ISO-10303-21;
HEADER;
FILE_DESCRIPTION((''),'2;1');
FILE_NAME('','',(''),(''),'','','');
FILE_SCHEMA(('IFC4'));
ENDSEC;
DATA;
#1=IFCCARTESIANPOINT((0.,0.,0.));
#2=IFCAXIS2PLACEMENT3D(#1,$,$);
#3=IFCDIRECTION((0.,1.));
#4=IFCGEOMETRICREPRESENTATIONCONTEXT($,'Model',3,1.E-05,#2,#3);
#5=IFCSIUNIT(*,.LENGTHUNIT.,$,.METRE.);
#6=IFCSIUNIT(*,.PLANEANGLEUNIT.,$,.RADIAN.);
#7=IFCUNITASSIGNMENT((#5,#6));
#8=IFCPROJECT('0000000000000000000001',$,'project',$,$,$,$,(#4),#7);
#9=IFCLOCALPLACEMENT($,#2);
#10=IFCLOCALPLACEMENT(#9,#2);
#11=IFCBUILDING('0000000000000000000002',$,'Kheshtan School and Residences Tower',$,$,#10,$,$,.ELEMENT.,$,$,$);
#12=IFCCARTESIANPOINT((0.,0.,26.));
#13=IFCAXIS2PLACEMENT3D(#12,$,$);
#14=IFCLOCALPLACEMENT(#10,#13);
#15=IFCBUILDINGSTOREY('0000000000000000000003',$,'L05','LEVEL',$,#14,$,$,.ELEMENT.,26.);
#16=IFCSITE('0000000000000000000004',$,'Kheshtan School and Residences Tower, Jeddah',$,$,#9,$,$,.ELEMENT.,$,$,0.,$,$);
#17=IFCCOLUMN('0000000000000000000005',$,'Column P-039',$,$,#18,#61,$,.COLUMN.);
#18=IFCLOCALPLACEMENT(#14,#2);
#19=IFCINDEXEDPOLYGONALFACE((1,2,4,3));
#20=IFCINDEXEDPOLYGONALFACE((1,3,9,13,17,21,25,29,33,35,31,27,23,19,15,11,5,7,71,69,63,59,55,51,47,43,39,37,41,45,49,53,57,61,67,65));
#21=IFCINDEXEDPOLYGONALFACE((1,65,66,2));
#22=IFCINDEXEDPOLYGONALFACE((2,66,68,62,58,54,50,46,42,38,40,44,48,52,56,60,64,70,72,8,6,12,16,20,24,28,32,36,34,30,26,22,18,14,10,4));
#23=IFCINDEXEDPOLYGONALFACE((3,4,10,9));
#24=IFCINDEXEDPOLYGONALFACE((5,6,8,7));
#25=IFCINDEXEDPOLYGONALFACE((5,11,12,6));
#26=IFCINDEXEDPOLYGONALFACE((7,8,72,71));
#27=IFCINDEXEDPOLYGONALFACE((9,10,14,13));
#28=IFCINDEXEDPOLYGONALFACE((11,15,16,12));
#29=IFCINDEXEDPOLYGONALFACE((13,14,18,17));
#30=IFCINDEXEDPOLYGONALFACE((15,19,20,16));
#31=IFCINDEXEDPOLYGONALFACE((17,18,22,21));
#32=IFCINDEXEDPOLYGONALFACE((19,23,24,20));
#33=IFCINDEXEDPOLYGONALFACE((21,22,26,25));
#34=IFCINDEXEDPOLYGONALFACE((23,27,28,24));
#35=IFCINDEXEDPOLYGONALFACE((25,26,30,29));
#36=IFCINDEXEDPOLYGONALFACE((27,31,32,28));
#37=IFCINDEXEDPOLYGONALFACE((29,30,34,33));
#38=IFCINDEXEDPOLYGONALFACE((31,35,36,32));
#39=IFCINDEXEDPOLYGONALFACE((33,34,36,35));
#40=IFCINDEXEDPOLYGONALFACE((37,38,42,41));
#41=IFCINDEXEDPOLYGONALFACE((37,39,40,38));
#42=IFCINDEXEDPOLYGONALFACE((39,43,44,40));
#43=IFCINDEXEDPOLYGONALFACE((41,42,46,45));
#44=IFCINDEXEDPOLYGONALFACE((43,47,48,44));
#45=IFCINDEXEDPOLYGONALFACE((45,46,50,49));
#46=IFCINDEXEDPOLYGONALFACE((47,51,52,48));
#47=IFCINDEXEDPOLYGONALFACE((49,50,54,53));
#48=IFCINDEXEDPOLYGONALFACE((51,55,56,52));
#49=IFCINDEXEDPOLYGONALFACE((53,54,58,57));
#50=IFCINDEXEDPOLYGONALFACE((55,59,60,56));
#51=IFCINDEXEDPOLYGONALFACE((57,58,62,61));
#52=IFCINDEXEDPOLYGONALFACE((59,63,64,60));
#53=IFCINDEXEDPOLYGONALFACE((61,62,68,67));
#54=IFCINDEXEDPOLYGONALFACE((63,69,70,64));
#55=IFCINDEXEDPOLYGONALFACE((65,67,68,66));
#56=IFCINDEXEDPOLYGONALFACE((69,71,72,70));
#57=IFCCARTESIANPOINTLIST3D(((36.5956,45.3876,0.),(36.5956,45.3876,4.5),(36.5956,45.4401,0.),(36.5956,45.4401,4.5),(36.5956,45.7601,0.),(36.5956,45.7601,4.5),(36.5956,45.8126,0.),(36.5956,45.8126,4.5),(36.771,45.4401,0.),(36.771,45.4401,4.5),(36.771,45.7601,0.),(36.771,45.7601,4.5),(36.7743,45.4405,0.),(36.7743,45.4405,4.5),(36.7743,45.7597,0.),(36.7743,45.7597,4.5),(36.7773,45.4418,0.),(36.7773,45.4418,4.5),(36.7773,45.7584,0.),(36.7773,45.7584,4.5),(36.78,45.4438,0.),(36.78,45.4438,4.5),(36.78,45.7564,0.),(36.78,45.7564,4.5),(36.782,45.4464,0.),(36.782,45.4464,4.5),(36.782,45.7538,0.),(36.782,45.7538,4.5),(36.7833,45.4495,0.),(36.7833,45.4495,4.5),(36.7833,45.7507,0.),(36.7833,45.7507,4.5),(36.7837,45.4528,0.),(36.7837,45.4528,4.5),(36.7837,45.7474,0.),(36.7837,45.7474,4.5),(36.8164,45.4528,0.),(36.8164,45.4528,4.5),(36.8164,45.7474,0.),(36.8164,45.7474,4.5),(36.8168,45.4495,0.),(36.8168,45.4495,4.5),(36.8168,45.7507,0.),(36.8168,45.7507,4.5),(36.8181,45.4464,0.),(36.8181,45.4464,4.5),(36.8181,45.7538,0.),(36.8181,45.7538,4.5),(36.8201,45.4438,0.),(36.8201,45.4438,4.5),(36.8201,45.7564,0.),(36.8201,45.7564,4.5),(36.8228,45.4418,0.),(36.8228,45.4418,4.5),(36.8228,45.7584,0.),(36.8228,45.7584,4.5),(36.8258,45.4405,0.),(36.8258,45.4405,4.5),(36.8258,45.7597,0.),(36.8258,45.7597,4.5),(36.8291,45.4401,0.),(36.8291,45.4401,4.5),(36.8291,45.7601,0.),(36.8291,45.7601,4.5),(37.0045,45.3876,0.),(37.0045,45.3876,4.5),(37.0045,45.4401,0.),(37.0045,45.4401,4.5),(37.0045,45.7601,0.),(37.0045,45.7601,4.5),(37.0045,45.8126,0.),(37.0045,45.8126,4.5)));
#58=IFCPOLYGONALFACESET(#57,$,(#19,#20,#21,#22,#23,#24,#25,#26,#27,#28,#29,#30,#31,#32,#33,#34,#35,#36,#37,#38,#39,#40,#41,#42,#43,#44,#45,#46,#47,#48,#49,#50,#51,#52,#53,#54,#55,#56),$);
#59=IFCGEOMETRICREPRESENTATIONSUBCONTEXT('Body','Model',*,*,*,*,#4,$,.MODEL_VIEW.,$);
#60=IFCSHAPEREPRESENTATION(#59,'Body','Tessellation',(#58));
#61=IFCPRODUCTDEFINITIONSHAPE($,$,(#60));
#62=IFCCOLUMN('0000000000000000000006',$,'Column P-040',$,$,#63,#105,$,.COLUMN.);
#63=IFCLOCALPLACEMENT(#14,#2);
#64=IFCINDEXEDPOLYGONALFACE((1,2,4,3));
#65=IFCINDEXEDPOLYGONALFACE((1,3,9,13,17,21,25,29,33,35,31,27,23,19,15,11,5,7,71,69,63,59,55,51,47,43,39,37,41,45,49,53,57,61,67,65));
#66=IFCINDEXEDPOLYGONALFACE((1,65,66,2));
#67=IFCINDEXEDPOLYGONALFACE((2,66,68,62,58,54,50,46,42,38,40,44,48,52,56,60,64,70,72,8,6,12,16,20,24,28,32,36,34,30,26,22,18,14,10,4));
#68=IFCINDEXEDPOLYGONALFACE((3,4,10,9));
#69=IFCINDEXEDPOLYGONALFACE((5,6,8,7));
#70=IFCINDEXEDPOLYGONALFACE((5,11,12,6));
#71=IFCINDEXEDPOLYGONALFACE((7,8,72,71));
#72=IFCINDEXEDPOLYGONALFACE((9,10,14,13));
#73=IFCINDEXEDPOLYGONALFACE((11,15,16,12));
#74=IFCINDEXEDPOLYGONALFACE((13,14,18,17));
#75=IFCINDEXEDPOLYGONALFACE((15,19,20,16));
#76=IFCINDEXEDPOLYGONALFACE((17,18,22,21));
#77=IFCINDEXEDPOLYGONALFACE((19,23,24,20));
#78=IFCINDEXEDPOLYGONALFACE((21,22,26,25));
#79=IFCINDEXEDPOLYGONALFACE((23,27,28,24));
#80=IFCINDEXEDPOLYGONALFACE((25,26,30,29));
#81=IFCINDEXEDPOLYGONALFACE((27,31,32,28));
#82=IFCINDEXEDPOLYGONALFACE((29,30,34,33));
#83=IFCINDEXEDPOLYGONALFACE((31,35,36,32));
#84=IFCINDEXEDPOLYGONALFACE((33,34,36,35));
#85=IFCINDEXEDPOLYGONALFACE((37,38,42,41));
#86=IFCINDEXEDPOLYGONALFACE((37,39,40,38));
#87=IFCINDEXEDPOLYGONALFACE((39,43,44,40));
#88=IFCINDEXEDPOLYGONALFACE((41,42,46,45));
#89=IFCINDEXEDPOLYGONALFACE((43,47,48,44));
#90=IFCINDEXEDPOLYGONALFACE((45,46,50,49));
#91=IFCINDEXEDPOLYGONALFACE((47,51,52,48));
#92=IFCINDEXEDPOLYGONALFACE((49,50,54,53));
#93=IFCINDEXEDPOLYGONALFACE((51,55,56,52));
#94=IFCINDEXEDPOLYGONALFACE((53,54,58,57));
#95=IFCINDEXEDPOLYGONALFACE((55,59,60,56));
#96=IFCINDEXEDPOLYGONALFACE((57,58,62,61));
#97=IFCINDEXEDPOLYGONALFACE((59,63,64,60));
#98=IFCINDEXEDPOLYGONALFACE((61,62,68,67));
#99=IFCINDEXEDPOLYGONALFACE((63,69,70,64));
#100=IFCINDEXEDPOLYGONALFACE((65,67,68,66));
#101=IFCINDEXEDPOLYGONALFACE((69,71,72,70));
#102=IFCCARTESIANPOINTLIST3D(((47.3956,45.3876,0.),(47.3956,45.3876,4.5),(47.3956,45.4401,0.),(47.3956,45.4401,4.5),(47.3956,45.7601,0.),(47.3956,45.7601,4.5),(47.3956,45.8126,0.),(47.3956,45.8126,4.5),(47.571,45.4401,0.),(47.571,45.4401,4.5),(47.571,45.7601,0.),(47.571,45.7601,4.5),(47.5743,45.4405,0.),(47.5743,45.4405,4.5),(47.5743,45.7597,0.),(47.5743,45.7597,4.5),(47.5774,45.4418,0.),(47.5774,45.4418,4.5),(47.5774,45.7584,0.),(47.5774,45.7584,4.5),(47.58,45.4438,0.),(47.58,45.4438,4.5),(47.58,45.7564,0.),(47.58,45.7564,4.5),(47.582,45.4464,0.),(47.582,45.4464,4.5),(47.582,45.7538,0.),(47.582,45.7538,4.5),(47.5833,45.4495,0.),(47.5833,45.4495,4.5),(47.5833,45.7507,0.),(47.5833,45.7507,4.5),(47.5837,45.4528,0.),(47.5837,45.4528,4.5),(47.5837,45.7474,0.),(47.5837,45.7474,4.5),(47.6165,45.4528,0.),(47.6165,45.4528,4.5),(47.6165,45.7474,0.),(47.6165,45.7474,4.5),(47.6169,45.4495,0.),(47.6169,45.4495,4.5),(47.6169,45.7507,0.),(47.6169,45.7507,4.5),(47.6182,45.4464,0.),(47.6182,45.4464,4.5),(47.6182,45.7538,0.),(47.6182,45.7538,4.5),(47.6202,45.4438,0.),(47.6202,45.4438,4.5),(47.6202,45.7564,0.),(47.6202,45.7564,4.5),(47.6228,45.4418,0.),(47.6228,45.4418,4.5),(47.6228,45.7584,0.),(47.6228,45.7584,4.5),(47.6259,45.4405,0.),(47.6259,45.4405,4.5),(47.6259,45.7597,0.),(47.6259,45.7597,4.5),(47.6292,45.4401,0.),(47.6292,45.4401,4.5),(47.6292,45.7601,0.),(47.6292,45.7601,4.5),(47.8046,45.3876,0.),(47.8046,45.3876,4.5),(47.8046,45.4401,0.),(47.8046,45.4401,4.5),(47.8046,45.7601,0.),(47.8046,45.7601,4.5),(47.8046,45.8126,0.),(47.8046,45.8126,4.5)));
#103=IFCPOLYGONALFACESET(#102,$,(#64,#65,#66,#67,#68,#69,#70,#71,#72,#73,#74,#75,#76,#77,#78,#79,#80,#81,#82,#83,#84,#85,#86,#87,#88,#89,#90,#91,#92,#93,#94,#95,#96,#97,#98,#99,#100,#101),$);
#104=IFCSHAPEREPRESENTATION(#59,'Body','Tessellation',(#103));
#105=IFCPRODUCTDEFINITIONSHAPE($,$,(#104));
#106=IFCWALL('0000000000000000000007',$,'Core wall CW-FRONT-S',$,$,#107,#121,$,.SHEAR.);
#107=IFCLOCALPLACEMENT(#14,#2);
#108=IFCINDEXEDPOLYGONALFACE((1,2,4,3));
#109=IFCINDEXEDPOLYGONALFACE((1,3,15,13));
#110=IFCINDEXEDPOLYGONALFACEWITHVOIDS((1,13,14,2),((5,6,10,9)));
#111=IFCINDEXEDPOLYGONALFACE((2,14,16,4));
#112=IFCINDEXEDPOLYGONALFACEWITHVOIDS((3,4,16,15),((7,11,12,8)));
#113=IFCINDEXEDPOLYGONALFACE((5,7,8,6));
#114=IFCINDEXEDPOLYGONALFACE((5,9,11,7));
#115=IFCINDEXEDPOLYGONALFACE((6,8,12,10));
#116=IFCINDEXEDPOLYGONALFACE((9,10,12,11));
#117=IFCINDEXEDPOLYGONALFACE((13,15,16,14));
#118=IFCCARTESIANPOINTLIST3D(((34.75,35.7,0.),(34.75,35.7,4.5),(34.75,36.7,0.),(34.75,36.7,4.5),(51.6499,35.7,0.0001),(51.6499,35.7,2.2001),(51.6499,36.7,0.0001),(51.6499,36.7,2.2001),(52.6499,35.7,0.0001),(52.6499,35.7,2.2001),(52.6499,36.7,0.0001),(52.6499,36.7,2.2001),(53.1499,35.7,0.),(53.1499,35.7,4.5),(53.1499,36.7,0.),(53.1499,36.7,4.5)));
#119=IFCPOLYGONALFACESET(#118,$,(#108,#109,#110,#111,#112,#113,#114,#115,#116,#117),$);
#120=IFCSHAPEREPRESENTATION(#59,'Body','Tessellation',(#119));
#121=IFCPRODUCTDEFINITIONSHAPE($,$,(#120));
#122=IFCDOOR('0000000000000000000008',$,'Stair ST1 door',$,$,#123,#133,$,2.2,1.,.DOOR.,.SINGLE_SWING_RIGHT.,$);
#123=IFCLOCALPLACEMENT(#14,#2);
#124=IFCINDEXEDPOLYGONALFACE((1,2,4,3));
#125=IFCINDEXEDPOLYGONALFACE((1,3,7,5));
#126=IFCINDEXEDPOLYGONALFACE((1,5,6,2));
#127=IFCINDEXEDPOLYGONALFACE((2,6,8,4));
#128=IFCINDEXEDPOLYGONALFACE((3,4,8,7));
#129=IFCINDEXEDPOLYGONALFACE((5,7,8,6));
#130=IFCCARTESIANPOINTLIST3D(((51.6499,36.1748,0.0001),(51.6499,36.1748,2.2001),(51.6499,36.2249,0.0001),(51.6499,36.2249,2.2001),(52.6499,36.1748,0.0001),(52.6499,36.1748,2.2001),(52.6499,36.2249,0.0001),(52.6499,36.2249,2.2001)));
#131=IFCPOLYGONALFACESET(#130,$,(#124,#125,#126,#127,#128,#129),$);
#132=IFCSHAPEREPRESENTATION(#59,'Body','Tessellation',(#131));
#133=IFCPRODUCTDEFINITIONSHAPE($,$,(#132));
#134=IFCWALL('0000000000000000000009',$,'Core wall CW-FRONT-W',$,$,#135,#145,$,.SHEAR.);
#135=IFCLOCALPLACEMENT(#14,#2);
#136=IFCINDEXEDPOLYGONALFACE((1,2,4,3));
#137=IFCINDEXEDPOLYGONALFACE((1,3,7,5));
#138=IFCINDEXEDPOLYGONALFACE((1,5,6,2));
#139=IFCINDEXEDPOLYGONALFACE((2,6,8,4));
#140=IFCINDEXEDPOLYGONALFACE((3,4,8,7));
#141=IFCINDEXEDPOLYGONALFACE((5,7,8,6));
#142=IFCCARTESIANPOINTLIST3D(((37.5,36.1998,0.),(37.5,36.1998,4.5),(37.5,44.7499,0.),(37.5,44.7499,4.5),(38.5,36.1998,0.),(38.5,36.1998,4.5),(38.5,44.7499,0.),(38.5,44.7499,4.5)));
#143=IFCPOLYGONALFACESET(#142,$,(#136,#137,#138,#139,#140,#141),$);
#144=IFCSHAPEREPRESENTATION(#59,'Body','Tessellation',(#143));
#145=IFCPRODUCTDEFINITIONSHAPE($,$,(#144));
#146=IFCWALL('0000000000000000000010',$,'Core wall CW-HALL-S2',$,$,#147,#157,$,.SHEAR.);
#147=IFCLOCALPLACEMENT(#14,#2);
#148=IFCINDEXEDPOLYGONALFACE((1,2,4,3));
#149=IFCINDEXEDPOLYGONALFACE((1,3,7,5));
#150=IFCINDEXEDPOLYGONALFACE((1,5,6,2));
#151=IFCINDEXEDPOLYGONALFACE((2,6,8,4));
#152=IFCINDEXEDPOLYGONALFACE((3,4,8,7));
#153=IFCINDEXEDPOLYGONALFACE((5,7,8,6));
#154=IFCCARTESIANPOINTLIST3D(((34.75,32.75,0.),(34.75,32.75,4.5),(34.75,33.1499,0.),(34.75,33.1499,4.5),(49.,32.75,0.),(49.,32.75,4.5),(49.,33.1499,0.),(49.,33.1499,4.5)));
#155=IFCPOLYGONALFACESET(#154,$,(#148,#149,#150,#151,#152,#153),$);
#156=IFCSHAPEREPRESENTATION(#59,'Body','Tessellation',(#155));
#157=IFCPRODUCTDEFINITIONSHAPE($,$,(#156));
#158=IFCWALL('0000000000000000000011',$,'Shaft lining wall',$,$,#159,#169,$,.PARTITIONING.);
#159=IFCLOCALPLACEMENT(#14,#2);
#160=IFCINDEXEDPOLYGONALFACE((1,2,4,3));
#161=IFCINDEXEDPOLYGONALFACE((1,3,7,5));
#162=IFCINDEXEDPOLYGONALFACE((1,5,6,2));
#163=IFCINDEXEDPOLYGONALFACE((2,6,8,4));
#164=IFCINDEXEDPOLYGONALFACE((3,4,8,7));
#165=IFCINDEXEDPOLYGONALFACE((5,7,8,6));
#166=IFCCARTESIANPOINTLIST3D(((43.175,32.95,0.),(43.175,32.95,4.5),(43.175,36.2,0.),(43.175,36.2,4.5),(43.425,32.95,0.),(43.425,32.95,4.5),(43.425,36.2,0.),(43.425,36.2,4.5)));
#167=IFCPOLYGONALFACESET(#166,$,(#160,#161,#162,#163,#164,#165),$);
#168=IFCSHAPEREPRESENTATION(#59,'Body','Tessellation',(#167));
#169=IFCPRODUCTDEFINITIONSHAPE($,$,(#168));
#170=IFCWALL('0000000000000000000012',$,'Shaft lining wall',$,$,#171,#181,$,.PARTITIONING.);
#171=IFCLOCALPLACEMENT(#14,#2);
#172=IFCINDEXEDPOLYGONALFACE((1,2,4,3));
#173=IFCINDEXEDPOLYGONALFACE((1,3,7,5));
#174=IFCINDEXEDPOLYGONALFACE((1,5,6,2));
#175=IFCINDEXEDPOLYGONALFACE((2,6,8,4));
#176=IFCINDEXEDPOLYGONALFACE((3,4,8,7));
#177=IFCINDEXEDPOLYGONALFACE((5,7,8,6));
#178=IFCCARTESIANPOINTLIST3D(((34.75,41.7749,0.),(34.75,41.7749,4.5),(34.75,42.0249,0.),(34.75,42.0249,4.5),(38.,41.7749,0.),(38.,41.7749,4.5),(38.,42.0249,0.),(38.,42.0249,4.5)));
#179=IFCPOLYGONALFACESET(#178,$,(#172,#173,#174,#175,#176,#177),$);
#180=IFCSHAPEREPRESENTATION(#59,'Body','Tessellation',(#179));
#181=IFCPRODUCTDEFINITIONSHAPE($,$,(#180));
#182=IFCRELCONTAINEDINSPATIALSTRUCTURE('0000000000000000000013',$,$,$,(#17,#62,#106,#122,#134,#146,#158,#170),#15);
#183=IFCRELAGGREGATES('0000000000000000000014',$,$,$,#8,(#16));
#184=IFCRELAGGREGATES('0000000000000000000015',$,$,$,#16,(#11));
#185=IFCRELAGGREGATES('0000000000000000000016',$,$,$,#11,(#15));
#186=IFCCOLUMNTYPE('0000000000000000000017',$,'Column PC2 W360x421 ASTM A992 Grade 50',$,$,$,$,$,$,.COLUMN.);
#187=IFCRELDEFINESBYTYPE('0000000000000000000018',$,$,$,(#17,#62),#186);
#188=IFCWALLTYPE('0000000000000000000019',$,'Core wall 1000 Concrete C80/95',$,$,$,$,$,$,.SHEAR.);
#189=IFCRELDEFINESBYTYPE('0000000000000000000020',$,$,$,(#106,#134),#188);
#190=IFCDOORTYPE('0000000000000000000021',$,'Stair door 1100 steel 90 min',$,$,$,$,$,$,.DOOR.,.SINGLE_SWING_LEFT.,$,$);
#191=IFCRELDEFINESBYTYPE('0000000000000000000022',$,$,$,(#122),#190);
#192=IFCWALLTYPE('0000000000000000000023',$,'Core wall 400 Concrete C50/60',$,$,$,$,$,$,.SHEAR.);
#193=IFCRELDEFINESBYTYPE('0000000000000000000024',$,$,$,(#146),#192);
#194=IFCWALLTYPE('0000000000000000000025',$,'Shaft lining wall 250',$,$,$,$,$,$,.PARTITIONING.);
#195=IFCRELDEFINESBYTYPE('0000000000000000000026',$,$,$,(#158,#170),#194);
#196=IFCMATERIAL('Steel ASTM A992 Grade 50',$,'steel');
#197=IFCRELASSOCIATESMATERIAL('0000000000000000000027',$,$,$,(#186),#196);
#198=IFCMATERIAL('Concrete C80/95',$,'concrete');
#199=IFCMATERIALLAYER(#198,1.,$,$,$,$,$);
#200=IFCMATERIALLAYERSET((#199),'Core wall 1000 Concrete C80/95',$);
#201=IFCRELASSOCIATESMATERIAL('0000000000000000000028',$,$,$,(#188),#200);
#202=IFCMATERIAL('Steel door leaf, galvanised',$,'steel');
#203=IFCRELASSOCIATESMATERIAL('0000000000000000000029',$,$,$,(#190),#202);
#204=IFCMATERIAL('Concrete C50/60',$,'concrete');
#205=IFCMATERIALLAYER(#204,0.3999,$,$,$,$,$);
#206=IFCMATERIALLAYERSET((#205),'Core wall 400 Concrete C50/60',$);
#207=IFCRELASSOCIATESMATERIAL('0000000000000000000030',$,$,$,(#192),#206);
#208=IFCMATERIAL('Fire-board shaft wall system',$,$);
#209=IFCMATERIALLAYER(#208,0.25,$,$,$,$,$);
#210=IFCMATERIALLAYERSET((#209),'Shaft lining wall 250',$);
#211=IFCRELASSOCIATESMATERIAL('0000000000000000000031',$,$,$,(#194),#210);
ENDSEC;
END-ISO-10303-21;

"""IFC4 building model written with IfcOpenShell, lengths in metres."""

from ifc_helpers import new_model, si_unit, direction, frame, frame_2d, origin, origin_2d, place, context, subcontext, project, spatial, rectangle, i_section, extrude, source, transform, mapped, material, layer, layer_set, material_profile, profile_set, type_object, element, fill, save


model = new_model("IFC4")

# Units and contexts
model_context = context("Model", 3, precision=1e-05, world=origin(), true_north=direction((0.0, 1.0)))
body_context = subcontext(model_context, "Body", "Model", "MODEL_VIEW")
ifc_project = project(units=[si_unit("LENGTHUNIT", "METRE"), si_unit("PLANEANGLEUNIT", "RADIAN")], contexts=[model_context])

# Site, building, storey
site_placement = place(None, origin())
site = spatial("IfcSite", under=ifc_project, at=site_placement, Name="Kheshtan School and Residences Tower, Jeddah", CompositionType="ELEMENT", RefElevation=0.0)
building_placement = place(site_placement, origin())
building = spatial("IfcBuilding", under=site, at=building_placement, Name="Kheshtan School and Residences Tower", CompositionType="ELEMENT")
storey_placement = place(building_placement, frame((0.0, 0.0, 26.0)))
storey = spatial("IfcBuildingStorey", under=building, at=storey_placement, Name="L05", Description="LEVEL", CompositionType="ELEMENT", Elevation=26.0)

# Columns
ifc_material_1 = material(Name="Steel ASTM A992 Grade 50", Category="steel")
ifc_material_profile = material_profile(ifc_material_1, i_section(OverallWidth=0.4089, OverallDepth=0.425, WebThickness=0.0327, FlangeThickness=0.0525, FilletRadius=0.0127, at=origin_2d()), Name="W360x421")
ifc_profile_set = profile_set([ifc_material_profile], Name="Steel ASTM A992 Grade 50")
column_type = type_object("IfcColumnType", Name="Column PC2 W360x421 ASTM A992 Grade 50", PredefinedType="COLUMN", material=ifc_profile_set)
for number, where, z_axis, x_axis, name in (
    (1, (36.8, 45.6001, 0.0), (0.0, 0.0, 1.0), (1.0, 0.0, 0.0), "Column P-039"),
    (2, (47.6001, 45.6001, 0.0), (0.0, 0.0, 1.0), (1.0, 0.0, 0.0), "Column P-040"),
):
    element("IfcColumn", number, at=place(storey_placement, frame(where, z_axis=z_axis, x_axis=x_axis)), inside=storey, type_object=column_type, Name=name, PredefinedType="COLUMN", context=body_context, shape_type="SweptSolid", body=[
        extrude(i_section(OverallWidth=0.4089, OverallDepth=0.425, WebThickness=0.0327, FlangeThickness=0.0525, FilletRadius=0.0127, at=origin_2d()), origin(), (0.0, 0.0, 1.0), 4.5),
    ])

# Wall, opening, door
ifc_material_2 = material(Name="Concrete C80/95", Category="concrete")
ifc_layer_1 = layer(ifc_material_2, 1.0)
ifc_layer_set_1 = layer_set([ifc_layer_1], Name="Core wall 1000 Concrete C80/95")
wall_type_1 = type_object("IfcWallType", Name="Core wall 1000 Concrete C80/95", PredefinedType="SHEAR", material=ifc_layer_set_1)
wall_1_placement = place(storey_placement, frame((34.75, 36.2, 0.0), z_axis=(0.0, 0.0, 1.0), x_axis=(1.0, 0.0, 0.0)))
wall_1 = element("IfcWall", 3, at=wall_1_placement, inside=storey, type_object=wall_type_1, Name="Core wall CW-FRONT-S", PredefinedType="SHEAR", context=body_context, shape_type="SweptSolid", body=[
    extrude(rectangle(XDim=18.3999, YDim=1.0, at=frame_2d((9.2, 0.0))), origin(), (0.0, 0.0, 1.0), 4.5),
])
opening_placement = place(wall_1_placement, frame((16.8999, 0.0, 0.0)))
opening = element("IfcOpeningElement", 4, at=opening_placement, cuts=wall_1, PredefinedType="OPENING", context=body_context, shape_type="SweptSolid", body=[
    extrude(rectangle(XDim=1.0, YDim=2.2, at=frame_2d((0.5, 1.1001))), frame((0.0, 0.51, 0.0), z_axis=(0.0, -1.0, 0.0), x_axis=(1.0, 0.0, 0.0)), (0.0, 0.0, 1.0), 1.02),
])
ifc_material_3 = material(Name="Steel door leaf, galvanised", Category="steel")
door_type = type_object("IfcDoorType", Name="Stair door 1100 steel 90 min", OperationType="SINGLE_SWING_LEFT", PredefinedType="DOOR", material=ifc_material_3)
shared_shape = source(origin(), body_context, "Body", "SweptSolid", [
    extrude(rectangle(XDim=1.0, YDim=2.2, at=frame_2d((0.5, 1.1001))), frame((0.0, 0.0249, 0.0), z_axis=(0.0, -1.0, 0.0), x_axis=(1.0, 0.0, 0.0)), (0.0, 0.0, 1.0), 0.05),
])
door_placement = place(opening_placement, origin())
door = element("IfcDoor", 5, at=door_placement, inside=storey, type_object=door_type, Name="Stair ST1 door", OperationType="SINGLE_SWING_RIGHT", OverallHeight=2.2, OverallWidth=1.0, PredefinedType="DOOR", context=body_context, shape_type="MappedRepresentation", body=[
    mapped(shared_shape, transform((0.0, 0.0, 0.0), x_axis=(1.0, 0.0, 0.0), y_axis=(0.0, 1.0, 0.0), z_axis=(0.0, 0.0, 1.0), scale=1.0)),
])
fill(opening, door)

# Walls
wall_2_placement = place(storey_placement, frame((38.0, 36.2, 0.0), z_axis=(0.0, 0.0, 1.0), x_axis=(0.0, 1.0, 0.0)))
element("IfcWall", 6, at=wall_2_placement, inside=storey, type_object=wall_type_1, Name="Core wall CW-FRONT-W", PredefinedType="SHEAR", context=body_context, shape_type="SweptSolid", body=[
    extrude(rectangle(XDim=8.55, YDim=1.0, at=frame_2d((4.2749, 0.0))), origin(), (0.0, 0.0, 1.0), 4.5),
])
ifc_material_4 = material(Name="Concrete C50/60", Category="concrete")
ifc_layer_2 = layer(ifc_material_4, 0.3999)
ifc_layer_set_2 = layer_set([ifc_layer_2], Name="Core wall 400 Concrete C50/60")
wall_type_2 = type_object("IfcWallType", Name="Core wall 400 Concrete C50/60", PredefinedType="SHEAR", material=ifc_layer_set_2)
wall_3_placement = place(storey_placement, frame((34.75, 32.95, 0.0), z_axis=(0.0, 0.0, 1.0), x_axis=(1.0, 0.0, 0.0)))
element("IfcWall", 7, at=wall_3_placement, inside=storey, type_object=wall_type_2, Name="Core wall CW-HALL-S2", PredefinedType="SHEAR", context=body_context, shape_type="SweptSolid", body=[
    extrude(rectangle(XDim=14.25, YDim=0.3999, at=frame_2d((7.125, 0.0))), origin(), (0.0, 0.0, 1.0), 4.5),
])
ifc_material_5 = material(Name="Fire-board shaft wall system")
ifc_layer_3 = layer(ifc_material_5, 0.25)
ifc_layer_set_3 = layer_set([ifc_layer_3], Name="Shaft lining wall 250")
wall_type_3 = type_object("IfcWallType", Name="Shaft lining wall 250", PredefinedType="PARTITIONING", material=ifc_layer_set_3)
for number, where, z_axis, x_axis, name in (
    (8, (43.3, 32.95, 0.0), (0.0, 0.0, 1.0), (0.0, 1.0, 0.0), "Shaft lining wall"),
    (9, (34.75, 41.8999, 0.0), (0.0, 0.0, 1.0), (1.0, 0.0, 0.0), "Shaft lining wall"),
):
    element("IfcWall", number, at=place(storey_placement, frame(where, z_axis=z_axis, x_axis=x_axis)), inside=storey, type_object=wall_type_3, Name=name, PredefinedType="PARTITIONING", context=body_context, shape_type="SweptSolid", body=[
        extrude(rectangle(XDim=3.25, YDim=0.25, at=frame_2d((1.625, 0.0))), origin(), (0.0, 0.0, 1.0), 4.5),
    ])

save(model, "model.ifc")
